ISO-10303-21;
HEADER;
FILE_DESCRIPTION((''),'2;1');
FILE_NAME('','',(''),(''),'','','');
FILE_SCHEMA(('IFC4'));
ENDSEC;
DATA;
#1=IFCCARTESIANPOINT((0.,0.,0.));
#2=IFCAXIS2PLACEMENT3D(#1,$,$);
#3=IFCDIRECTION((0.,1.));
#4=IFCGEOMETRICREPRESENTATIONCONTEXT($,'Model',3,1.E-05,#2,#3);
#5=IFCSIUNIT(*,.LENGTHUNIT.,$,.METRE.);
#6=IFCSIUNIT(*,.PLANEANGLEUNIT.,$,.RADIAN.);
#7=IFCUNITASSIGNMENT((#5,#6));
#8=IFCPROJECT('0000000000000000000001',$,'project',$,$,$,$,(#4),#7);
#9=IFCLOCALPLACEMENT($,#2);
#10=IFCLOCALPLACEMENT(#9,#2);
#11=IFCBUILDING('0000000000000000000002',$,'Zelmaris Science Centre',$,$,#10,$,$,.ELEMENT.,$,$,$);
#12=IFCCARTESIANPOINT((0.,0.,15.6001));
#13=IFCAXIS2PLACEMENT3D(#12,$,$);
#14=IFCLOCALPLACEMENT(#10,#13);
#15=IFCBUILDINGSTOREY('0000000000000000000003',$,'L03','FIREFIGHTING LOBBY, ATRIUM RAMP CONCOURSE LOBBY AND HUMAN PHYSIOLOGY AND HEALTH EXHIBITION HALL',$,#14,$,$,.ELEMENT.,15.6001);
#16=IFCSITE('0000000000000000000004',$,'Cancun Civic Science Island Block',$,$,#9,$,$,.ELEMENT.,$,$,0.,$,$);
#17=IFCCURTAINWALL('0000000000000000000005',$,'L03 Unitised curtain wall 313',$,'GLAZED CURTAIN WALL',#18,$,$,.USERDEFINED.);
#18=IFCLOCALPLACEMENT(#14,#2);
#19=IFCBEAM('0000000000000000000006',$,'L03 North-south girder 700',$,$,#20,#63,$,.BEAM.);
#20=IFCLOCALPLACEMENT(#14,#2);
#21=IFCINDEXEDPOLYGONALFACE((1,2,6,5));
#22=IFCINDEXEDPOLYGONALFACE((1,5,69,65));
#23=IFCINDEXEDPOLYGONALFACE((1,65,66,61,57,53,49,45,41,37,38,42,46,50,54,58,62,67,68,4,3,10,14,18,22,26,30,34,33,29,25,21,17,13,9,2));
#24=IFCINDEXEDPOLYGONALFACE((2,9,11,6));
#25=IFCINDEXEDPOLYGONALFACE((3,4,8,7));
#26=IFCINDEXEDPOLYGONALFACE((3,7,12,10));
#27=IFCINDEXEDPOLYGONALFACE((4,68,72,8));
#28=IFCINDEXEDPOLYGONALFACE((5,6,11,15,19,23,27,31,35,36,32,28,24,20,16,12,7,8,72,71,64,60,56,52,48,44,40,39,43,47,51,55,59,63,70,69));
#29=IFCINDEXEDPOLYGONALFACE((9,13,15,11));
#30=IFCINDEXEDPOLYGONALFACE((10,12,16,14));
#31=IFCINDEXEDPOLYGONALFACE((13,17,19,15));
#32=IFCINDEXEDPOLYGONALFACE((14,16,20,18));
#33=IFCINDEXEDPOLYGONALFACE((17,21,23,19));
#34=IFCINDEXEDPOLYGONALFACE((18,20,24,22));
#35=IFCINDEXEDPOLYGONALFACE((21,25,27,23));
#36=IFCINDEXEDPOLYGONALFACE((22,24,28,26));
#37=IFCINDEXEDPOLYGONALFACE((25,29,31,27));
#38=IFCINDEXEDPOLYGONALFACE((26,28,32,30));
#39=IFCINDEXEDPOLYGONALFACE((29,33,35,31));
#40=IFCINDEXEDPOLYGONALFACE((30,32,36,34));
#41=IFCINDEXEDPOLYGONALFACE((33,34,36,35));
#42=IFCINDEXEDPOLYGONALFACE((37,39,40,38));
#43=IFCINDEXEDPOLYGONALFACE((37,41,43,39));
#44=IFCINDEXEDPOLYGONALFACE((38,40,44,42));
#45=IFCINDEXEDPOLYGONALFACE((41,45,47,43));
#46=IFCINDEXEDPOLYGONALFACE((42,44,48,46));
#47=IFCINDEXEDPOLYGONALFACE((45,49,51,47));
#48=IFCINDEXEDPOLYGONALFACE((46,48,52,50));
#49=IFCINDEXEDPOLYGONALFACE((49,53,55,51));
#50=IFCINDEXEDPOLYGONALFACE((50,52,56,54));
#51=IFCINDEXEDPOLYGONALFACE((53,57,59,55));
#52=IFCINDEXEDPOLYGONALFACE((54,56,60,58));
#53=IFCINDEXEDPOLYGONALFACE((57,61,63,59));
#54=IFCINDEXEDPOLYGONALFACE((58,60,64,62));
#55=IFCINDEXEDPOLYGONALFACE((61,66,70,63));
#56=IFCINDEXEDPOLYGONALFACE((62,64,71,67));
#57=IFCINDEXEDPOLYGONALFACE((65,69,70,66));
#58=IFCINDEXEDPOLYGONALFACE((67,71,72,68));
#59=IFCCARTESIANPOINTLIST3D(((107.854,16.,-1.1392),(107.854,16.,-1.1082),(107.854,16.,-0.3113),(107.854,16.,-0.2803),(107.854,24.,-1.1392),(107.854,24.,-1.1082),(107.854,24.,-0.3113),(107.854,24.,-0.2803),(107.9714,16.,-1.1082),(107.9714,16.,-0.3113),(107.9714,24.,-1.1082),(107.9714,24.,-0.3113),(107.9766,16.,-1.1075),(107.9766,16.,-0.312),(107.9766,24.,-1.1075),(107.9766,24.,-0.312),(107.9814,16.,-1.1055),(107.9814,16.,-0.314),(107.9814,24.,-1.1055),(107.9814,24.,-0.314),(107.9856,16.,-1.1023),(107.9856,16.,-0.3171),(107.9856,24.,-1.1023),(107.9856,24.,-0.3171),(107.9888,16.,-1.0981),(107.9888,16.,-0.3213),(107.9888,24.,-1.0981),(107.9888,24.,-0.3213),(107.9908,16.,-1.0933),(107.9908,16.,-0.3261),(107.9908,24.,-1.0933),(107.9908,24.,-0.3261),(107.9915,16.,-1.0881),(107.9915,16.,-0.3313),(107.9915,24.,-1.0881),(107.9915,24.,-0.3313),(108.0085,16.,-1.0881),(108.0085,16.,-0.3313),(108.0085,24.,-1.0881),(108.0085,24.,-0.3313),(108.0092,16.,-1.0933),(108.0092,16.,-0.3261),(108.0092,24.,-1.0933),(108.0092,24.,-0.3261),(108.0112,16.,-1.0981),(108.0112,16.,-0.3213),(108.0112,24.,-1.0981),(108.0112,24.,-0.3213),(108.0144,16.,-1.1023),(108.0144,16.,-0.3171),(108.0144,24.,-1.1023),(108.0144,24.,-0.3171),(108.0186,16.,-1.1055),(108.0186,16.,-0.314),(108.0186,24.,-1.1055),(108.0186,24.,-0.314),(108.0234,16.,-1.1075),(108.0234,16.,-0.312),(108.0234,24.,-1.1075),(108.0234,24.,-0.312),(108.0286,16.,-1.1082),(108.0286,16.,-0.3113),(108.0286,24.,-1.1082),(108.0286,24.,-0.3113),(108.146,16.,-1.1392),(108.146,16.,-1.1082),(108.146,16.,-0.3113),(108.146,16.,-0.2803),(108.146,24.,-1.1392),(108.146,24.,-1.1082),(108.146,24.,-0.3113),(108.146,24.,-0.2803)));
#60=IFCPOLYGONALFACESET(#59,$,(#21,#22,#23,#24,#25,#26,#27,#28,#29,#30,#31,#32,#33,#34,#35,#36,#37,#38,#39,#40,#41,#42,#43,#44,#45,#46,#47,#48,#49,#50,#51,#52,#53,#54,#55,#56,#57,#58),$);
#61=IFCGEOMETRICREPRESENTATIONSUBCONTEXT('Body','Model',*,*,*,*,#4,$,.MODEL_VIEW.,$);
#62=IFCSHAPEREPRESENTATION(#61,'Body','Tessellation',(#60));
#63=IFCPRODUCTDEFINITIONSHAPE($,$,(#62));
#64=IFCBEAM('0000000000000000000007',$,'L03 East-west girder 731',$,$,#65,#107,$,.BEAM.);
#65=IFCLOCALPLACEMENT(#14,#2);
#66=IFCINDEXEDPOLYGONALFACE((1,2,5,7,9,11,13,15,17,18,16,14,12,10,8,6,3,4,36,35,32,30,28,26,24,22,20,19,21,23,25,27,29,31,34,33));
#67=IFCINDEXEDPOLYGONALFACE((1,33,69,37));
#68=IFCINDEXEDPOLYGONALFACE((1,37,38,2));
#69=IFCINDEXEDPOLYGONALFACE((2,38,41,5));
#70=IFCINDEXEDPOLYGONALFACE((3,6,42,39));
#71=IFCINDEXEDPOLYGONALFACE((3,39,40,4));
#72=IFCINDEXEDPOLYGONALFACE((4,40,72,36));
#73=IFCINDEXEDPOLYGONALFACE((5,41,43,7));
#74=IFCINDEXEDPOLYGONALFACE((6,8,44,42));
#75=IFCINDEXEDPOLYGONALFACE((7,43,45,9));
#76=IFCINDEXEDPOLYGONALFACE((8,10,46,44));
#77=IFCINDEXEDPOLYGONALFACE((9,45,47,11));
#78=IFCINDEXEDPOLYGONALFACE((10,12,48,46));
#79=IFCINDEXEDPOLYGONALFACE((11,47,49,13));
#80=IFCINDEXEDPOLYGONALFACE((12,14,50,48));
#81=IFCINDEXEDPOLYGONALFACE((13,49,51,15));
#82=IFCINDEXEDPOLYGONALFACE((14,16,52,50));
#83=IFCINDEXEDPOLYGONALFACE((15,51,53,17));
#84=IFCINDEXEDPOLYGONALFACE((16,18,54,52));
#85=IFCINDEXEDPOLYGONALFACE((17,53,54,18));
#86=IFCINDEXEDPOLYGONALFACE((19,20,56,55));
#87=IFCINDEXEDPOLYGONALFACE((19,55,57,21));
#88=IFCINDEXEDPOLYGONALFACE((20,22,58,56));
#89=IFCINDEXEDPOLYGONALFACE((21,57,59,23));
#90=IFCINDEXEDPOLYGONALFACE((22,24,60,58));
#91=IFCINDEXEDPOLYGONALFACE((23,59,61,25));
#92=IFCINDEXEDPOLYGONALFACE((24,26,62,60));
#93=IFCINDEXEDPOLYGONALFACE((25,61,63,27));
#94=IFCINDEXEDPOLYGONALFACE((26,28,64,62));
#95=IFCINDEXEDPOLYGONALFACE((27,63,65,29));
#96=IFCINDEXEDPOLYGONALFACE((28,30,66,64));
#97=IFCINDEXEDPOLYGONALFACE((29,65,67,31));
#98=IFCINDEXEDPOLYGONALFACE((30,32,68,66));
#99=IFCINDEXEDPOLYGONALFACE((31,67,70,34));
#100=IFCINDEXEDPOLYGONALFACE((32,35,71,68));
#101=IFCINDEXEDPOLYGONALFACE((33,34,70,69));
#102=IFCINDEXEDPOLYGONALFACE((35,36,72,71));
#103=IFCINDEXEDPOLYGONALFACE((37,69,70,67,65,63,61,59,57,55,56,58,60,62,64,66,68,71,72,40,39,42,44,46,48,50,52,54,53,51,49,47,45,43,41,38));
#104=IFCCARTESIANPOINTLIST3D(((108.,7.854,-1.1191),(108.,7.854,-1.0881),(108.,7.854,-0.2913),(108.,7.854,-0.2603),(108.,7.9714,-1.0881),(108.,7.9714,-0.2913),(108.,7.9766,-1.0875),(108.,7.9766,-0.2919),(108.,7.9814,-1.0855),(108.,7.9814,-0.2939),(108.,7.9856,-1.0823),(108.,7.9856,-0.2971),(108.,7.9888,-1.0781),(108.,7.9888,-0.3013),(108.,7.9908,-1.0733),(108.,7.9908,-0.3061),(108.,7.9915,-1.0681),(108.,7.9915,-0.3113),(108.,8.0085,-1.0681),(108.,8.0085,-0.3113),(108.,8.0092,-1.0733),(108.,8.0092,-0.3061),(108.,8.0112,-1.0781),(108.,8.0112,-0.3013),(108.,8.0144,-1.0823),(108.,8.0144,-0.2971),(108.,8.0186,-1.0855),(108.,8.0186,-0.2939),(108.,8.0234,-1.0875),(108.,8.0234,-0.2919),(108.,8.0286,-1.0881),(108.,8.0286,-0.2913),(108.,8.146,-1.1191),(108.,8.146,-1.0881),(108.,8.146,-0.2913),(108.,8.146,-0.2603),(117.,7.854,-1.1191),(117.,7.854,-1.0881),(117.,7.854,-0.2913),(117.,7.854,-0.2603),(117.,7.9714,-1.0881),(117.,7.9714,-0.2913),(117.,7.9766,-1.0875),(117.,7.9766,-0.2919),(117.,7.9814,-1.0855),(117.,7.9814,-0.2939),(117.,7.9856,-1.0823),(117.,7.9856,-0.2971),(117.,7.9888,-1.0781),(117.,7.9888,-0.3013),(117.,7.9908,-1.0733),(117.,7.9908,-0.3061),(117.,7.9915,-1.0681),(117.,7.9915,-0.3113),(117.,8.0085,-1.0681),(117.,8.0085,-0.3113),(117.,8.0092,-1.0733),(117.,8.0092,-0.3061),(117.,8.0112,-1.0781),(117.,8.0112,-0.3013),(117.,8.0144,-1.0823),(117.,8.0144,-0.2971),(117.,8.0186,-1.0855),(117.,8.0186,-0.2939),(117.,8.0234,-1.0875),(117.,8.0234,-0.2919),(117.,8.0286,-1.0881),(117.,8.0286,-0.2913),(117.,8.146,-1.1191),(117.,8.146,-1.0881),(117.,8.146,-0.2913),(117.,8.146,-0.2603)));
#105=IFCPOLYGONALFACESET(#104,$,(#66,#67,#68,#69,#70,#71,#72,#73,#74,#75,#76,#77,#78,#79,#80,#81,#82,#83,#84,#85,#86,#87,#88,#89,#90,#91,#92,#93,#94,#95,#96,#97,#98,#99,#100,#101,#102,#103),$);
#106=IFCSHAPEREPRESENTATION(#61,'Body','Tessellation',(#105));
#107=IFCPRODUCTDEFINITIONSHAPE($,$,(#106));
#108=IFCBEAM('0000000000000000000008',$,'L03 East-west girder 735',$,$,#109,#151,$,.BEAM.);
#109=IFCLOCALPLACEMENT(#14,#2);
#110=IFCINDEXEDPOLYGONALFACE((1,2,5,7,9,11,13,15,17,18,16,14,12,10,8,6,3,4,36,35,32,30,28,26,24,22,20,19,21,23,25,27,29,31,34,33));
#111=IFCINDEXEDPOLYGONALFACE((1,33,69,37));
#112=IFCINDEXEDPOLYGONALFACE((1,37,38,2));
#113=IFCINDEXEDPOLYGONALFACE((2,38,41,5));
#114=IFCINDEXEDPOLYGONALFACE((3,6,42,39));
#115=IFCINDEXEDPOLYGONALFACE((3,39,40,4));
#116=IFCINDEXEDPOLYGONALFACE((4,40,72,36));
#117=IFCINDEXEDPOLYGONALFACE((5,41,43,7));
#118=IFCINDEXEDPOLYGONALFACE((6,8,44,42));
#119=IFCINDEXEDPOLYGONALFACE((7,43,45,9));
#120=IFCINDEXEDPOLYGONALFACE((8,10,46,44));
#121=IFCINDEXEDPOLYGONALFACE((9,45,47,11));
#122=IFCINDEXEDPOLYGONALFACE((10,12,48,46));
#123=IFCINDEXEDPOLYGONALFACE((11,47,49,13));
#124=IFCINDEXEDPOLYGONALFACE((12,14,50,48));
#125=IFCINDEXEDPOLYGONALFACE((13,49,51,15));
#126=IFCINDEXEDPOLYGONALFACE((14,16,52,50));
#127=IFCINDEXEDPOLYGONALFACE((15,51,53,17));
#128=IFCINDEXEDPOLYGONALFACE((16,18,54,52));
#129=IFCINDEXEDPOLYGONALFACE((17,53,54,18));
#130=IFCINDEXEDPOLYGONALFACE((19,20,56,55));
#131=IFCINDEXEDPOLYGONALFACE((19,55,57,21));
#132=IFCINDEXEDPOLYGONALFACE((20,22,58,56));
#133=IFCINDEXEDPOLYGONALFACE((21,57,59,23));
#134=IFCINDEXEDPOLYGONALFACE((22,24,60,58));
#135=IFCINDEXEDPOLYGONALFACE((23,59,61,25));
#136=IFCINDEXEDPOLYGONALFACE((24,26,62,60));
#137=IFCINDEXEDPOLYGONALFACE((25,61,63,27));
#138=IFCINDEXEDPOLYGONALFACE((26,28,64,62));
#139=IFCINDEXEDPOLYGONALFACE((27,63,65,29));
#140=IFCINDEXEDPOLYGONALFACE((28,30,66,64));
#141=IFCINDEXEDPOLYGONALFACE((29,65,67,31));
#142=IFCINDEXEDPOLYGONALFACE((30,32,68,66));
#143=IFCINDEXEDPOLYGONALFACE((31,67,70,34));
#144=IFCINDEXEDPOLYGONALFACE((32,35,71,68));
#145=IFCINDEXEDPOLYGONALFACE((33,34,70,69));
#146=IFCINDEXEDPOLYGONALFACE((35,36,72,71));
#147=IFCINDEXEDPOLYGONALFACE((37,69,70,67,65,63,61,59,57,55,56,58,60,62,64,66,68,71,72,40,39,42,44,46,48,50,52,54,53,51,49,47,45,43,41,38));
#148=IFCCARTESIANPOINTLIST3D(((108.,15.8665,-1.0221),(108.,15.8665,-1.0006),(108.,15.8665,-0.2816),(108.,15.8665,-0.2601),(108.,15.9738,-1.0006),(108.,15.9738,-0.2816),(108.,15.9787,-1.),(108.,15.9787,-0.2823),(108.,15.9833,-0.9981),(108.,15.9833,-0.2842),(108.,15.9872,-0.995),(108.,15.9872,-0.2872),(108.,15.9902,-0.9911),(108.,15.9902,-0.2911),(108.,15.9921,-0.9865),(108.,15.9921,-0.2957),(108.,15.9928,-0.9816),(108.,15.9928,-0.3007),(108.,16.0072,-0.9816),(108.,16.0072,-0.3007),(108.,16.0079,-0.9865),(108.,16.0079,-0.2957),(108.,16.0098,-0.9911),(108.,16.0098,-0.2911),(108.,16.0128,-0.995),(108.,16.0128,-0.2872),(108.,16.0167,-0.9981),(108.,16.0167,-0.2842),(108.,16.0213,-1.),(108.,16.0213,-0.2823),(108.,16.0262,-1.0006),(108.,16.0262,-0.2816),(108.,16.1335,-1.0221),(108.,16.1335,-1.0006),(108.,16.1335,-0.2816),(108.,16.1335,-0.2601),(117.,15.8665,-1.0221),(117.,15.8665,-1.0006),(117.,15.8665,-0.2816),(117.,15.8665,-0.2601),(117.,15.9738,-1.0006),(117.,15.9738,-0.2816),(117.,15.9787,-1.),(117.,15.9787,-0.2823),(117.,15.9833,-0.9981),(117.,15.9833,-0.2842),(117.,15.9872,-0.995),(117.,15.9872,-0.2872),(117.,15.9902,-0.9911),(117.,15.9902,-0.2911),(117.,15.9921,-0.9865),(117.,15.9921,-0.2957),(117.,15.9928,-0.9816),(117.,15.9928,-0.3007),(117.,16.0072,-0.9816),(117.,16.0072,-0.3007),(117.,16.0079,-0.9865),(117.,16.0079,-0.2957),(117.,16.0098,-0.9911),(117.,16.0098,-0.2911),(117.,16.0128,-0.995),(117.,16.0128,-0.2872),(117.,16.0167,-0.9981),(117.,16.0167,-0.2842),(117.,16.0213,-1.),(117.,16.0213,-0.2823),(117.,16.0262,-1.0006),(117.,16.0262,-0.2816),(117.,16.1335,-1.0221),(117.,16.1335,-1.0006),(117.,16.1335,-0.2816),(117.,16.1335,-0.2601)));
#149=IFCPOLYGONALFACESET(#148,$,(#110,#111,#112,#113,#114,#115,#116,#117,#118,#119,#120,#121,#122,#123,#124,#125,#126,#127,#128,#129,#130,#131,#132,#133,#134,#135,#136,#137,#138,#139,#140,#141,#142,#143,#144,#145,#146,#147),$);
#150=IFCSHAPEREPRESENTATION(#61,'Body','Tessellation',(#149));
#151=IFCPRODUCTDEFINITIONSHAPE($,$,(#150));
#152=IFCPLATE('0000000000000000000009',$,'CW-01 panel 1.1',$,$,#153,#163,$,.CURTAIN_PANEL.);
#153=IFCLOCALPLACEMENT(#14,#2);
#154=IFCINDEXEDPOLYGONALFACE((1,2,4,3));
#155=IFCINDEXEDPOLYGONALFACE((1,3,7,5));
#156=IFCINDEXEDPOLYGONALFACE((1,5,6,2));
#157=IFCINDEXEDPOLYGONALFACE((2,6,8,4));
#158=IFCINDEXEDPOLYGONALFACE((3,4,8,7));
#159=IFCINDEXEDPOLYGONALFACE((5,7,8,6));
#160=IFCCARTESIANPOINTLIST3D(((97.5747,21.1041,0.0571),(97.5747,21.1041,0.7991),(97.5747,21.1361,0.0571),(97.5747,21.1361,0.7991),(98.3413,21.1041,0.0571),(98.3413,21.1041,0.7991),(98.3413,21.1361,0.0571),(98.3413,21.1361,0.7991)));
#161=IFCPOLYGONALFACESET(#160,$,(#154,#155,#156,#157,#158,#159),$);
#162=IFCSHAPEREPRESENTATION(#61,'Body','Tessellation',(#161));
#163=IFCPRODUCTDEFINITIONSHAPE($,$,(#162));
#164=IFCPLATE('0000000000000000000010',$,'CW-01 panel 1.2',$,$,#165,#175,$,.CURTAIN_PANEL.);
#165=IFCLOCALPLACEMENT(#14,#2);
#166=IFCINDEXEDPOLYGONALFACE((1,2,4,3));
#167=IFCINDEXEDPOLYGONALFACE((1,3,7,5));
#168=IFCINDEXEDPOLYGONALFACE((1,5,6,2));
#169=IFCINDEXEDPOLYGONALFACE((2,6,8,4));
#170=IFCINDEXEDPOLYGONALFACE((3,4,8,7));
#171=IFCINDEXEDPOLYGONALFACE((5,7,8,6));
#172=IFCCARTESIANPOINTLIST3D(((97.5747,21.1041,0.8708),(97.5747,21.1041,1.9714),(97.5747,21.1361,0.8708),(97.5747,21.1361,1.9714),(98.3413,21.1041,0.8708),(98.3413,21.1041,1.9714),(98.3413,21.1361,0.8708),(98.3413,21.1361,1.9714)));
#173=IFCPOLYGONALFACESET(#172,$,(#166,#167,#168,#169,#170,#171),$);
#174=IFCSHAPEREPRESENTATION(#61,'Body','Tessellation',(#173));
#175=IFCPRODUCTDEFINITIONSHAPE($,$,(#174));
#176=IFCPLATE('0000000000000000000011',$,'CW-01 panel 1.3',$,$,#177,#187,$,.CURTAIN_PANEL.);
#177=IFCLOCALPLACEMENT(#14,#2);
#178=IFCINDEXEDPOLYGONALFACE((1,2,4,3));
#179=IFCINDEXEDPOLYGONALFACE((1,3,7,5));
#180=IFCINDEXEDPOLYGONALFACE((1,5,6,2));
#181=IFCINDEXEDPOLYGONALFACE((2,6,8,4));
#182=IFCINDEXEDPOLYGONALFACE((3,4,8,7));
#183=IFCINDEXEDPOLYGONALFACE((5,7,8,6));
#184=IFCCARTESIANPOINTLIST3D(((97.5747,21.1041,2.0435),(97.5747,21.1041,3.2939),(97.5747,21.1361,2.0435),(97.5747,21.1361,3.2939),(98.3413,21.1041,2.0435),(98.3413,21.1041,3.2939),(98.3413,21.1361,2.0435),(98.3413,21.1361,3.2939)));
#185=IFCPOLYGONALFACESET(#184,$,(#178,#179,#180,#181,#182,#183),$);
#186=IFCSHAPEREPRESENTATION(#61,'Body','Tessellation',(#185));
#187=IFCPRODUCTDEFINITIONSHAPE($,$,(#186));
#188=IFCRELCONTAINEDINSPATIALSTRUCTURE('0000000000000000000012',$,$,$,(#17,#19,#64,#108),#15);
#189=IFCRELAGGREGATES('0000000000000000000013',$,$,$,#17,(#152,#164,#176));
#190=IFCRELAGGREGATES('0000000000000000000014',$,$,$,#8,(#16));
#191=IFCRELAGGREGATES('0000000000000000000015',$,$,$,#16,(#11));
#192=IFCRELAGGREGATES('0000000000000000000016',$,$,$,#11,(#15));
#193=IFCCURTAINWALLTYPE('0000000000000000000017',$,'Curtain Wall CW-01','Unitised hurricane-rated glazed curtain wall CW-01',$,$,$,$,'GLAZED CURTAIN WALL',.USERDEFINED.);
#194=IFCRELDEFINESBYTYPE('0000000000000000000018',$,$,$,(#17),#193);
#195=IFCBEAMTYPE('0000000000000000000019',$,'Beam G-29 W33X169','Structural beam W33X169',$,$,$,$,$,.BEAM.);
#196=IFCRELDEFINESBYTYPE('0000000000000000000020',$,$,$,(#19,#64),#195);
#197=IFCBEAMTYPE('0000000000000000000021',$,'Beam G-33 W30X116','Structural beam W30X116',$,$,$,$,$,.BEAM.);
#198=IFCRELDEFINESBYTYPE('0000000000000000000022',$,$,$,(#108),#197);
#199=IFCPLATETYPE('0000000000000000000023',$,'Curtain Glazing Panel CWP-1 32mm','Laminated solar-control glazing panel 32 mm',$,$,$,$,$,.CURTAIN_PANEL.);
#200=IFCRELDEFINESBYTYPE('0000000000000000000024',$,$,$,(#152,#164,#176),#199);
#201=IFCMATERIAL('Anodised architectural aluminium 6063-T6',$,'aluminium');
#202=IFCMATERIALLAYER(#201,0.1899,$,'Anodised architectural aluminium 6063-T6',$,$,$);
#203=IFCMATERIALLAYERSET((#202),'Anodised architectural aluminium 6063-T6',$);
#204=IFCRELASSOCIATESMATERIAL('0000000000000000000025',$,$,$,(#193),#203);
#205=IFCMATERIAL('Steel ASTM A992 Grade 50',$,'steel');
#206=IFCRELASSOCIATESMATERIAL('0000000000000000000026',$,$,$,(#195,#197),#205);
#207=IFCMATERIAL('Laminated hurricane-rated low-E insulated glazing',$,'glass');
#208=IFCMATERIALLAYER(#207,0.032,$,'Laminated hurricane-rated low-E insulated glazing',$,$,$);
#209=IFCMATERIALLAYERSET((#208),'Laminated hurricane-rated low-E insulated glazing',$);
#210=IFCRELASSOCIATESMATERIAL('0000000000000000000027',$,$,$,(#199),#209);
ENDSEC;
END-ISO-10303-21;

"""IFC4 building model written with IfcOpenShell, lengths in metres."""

from ifc_helpers import new_model, si_unit, direction, frame, origin, origin_2d, place, context, subcontext, project, spatial, rectangle, i_section, extrude, material, layer, layer_set, material_profile, profile_set, type_object, element, aggregate, save


model = new_model("IFC4")

# Units and contexts
model_context = context("Model", 3, precision=1e-05, world=origin(), true_north=direction((0.0, 1.0)))
body_context = subcontext(model_context, "Body", "Model", "MODEL_VIEW")
ifc_project = project(units=[si_unit("LENGTHUNIT", "METRE"), si_unit("PLANEANGLEUNIT", "RADIAN")], contexts=[model_context])

# Site, building, storey
site_placement = place(None, origin())
site = spatial("IfcSite", under=ifc_project, at=site_placement, Name="Cancun Civic Science Island Block", CompositionType="ELEMENT", RefElevation=0.0)
building_placement = place(site_placement, origin())
building = spatial("IfcBuilding", under=site, at=building_placement, Name="Zelmaris Science Centre", CompositionType="ELEMENT")
storey_placement = place(building_placement, frame((0.0, 0.0, 15.6001)))
storey = spatial("IfcBuildingStorey", under=building, at=storey_placement, Name="L03", Description="FIREFIGHTING LOBBY, ATRIUM RAMP CONCOURSE LOBBY AND HUMAN PHYSIOLOGY AND HEALTH EXHIBITION HALL", CompositionType="ELEMENT", Elevation=15.6001)

# Shared definitions
ifc_material_1 = material(Name="Steel ASTM A992 Grade 50", Category="steel")

# Shared definitions
ifc_material_2 = material(Name="Anodised architectural aluminium 6063-T6", Category="aluminium")

# Curtain wall
ifc_layer_1 = layer(ifc_material_2, 0.1899, Name="Anodised architectural aluminium 6063-T6")
ifc_layer_set_1 = layer_set([ifc_layer_1], Name="Anodised architectural aluminium 6063-T6")
curtain_wall_type_1 = type_object("IfcCurtainWallType", Name="Curtain Wall CW-01", Description="Unitised hurricane-rated glazed curtain wall CW-01", ElementType="GLAZED CURTAIN WALL", PredefinedType="USERDEFINED", material=ifc_layer_set_1)
curtain_wall_1_placement = place(storey_placement, origin())
curtain_wall_1 = element("IfcCurtainWall", 1, at=curtain_wall_1_placement, inside=storey, type_object=curtain_wall_type_1, Name="L03 Unitised curtain wall 313", ObjectType="GLAZED CURTAIN WALL", PredefinedType="USERDEFINED")

# Beams
ifc_material_profile_1 = material_profile(ifc_material_1, i_section(OverallWidth=0.292, OverallDepth=0.8589, WebThickness=0.0171, FlangeThickness=0.031, FilletRadius=0.02, at=origin_2d()), Name="W33X169")
ifc_profile_set_1 = profile_set([ifc_material_profile_1], Name="Steel ASTM A992 Grade 50")
beam_type_1 = type_object("IfcBeamType", Name="Beam G-29 W33X169", Description="Structural beam W33X169", PredefinedType="BEAM", material=ifc_profile_set_1)
beam_1_placement = place(storey_placement, frame((108.0, 16.0, -0.7097), z_axis=(0.0, 1.0, 0.0), x_axis=(-1.0, 0.0, 0.0)))
element("IfcBeam", 2, at=beam_1_placement, inside=storey, type_object=beam_type_1, Name="L03 North-south girder 700", PredefinedType="BEAM", context=body_context, shape_type="SweptSolid", body=[
    extrude(i_section(OverallWidth=0.292, OverallDepth=0.8589, WebThickness=0.0171, FlangeThickness=0.031, FilletRadius=0.02, at=origin_2d()), origin(), (0.0, 0.0, 1.0), 8.0),
])
beam_2_placement = place(storey_placement, frame((108.0, 8.0, -0.6897), z_axis=(1.0, 0.0, 0.0), x_axis=(0.0, 1.0, 0.0)))
element("IfcBeam", 3, at=beam_2_placement, inside=storey, type_object=beam_type_1, Name="L03 East-west girder 731", PredefinedType="BEAM", context=body_context, shape_type="SweptSolid", body=[
    extrude(i_section(OverallWidth=0.292, OverallDepth=0.8589, WebThickness=0.0171, FlangeThickness=0.031, FilletRadius=0.02, at=origin_2d()), origin(), (0.0, 0.0, 1.0), 9.0),
])
ifc_material_profile_2 = material_profile(ifc_material_1, i_section(OverallWidth=0.2671, OverallDepth=0.762, WebThickness=0.0144, FlangeThickness=0.0215, FilletRadius=0.019, at=origin_2d()), Name="W30X116")
ifc_profile_set_2 = profile_set([ifc_material_profile_2], Name="Steel ASTM A992 Grade 50")
beam_type_2 = type_object("IfcBeamType", Name="Beam G-33 W30X116", Description="Structural beam W30X116", PredefinedType="BEAM", material=ifc_profile_set_2)
beam_3_placement = place(storey_placement, frame((108.0, 16.0, -0.6411), z_axis=(1.0, 0.0, 0.0), x_axis=(0.0, 1.0, 0.0)))
element("IfcBeam", 4, at=beam_3_placement, inside=storey, type_object=beam_type_2, Name="L03 East-west girder 735", PredefinedType="BEAM", context=body_context, shape_type="SweptSolid", body=[
    extrude(i_section(OverallWidth=0.2671, OverallDepth=0.762, WebThickness=0.0144, FlangeThickness=0.0215, FilletRadius=0.019, at=origin_2d()), origin(), (0.0, 0.0, 1.0), 9.0),
])

# Plates
ifc_material_3 = material(Name="Laminated hurricane-rated low-E insulated glazing", Category="glass")
ifc_layer_2 = layer(ifc_material_3, 0.032, Name="Laminated hurricane-rated low-E insulated glazing")
ifc_layer_set_2 = layer_set([ifc_layer_2], Name="Laminated hurricane-rated low-E insulated glazing")
plate_type_1 = type_object("IfcPlateType", Name="Curtain Glazing Panel CWP-1 32mm", Description="Laminated solar-control glazing panel 32 mm", PredefinedType="CURTAIN_PANEL", material=ifc_layer_set_2)
plate_1_placement = place(storey_placement, frame((97.958, 21.1201, 0.0571), z_axis=(0.0, 0.0, 1.0), x_axis=(-1.0, 0.000023, 0.0)))
plate_1 = element("IfcPlate", 5, at=plate_1_placement, type_object=plate_type_1, Name="CW-01 panel 1.1", PredefinedType="CURTAIN_PANEL", context=body_context, shape_type="SweptSolid", body=[
    extrude(rectangle(XDim=0.7666, YDim=0.032, at=origin_2d()), origin(), (0.0, 0.0, 1.0), 0.7419),
])
plate_2_placement = place(storey_placement, frame((97.958, 21.1201, 0.8708), z_axis=(0.0, 0.0, 1.0), x_axis=(-1.0, 0.000023, 0.0)))
plate_2 = element("IfcPlate", 6, at=plate_2_placement, type_object=plate_type_1, Name="CW-01 panel 1.2", PredefinedType="CURTAIN_PANEL", context=body_context, shape_type="SweptSolid", body=[
    extrude(rectangle(XDim=0.7666, YDim=0.032, at=origin_2d()), origin(), (0.0, 0.0, 1.0), 1.1006),
])
plate_3_placement = place(storey_placement, frame((97.958, 21.1201, 2.0435), z_axis=(0.0, 0.0, 1.0), x_axis=(-1.0, 0.000023, 0.0)))
plate_3 = element("IfcPlate", 7, at=plate_3_placement, type_object=plate_type_1, Name="CW-01 panel 1.3", PredefinedType="CURTAIN_PANEL", context=body_context, shape_type="SweptSolid", body=[
    extrude(rectangle(XDim=0.7666, YDim=0.032, at=origin_2d()), origin(), (0.0, 0.0, 1.0), 1.2505),
])
aggregate(curtain_wall_1, [plate_1, plate_2, plate_3])

save(model, "model.ifc")
